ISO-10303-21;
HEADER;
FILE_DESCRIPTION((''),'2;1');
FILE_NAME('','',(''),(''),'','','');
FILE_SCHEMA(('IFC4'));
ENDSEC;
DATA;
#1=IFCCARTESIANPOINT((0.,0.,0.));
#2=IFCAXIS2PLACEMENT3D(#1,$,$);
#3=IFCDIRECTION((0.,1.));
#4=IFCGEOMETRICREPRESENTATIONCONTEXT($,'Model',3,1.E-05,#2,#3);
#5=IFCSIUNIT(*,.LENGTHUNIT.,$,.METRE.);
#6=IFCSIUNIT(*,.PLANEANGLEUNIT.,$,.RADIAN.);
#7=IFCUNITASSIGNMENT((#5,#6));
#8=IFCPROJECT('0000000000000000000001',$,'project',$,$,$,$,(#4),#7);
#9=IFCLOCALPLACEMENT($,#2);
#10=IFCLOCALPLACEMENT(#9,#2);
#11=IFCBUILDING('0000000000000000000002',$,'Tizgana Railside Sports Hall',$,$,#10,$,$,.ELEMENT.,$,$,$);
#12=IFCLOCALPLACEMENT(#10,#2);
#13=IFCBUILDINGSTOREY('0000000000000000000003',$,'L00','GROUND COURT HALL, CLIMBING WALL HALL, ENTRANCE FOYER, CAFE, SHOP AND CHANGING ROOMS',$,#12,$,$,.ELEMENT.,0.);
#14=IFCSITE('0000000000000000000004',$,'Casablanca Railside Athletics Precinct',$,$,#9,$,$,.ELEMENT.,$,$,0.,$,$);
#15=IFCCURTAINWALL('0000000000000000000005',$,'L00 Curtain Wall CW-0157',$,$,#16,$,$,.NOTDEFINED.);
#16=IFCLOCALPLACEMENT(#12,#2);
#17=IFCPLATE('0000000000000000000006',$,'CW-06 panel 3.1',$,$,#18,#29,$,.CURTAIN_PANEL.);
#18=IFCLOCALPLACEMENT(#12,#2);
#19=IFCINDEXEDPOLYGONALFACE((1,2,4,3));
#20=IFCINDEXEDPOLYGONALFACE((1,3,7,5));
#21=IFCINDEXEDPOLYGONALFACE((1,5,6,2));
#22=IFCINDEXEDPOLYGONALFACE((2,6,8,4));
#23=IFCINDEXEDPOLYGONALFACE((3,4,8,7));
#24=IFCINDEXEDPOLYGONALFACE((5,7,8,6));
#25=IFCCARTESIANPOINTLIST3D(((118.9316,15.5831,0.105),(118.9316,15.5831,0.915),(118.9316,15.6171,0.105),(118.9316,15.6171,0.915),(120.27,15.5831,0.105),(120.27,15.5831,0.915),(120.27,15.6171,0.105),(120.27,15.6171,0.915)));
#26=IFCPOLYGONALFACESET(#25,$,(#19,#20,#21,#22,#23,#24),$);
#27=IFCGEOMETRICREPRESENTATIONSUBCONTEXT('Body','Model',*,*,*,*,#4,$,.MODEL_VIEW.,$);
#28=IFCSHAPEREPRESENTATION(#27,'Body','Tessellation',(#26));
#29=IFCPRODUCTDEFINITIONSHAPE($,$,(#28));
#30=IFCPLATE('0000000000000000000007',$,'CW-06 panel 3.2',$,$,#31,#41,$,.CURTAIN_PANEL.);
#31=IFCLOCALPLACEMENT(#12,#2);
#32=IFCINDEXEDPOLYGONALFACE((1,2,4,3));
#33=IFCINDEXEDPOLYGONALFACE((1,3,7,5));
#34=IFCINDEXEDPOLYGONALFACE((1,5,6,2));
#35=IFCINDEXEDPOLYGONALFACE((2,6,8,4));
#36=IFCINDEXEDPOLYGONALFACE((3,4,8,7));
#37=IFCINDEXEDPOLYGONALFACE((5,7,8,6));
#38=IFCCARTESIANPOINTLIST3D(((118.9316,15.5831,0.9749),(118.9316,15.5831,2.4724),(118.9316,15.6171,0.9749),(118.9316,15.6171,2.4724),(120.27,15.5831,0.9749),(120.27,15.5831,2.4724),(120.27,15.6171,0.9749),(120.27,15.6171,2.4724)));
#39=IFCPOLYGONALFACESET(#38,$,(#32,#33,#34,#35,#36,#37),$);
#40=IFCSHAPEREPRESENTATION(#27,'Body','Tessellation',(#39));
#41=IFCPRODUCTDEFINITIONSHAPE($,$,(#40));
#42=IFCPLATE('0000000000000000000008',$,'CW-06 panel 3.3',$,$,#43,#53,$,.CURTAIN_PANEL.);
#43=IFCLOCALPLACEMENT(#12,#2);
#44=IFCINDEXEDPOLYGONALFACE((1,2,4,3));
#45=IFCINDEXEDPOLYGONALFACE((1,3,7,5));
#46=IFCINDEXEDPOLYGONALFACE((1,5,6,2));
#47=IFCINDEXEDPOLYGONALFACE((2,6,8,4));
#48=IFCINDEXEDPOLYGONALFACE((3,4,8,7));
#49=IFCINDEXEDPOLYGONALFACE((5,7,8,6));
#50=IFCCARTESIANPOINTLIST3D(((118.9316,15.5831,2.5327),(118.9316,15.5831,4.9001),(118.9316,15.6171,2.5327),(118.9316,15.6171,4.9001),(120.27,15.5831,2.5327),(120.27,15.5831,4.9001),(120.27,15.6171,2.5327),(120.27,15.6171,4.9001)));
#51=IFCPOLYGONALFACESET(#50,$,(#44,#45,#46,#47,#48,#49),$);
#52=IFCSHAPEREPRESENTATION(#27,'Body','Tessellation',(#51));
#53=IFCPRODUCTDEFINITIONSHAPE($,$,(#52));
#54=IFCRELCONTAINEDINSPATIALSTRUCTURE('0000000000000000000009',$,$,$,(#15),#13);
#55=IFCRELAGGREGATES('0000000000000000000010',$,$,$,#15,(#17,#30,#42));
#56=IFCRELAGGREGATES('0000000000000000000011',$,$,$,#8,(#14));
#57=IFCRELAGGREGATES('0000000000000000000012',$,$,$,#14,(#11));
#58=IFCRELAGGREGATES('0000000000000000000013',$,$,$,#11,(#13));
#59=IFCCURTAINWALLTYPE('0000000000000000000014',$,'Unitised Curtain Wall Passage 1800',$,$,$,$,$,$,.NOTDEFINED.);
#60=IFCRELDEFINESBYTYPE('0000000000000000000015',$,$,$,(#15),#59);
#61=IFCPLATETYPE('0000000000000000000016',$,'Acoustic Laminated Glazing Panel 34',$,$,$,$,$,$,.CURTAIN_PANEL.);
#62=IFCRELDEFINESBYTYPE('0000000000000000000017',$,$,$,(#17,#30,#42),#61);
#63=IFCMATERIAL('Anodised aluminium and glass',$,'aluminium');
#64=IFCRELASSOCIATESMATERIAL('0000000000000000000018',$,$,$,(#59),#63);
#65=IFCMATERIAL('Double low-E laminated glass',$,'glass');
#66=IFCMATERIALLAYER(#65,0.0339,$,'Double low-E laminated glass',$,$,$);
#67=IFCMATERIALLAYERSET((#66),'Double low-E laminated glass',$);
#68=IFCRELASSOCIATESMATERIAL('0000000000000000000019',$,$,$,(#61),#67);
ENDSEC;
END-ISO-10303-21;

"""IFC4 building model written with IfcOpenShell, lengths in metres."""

from ifc_helpers import new_model, si_unit, direction, frame, origin, origin_2d, place, context, subcontext, project, spatial, rectangle, extrude, material, layer, layer_set, type_object, element, aggregate, save


model = new_model("IFC4")

# Units and contexts
model_context = context("Model", 3, precision=1e-05, world=origin(), true_north=direction((0.0, 1.0)))
body_context = subcontext(model_context, "Body", "Model", "MODEL_VIEW")
ifc_project = project(units=[si_unit("LENGTHUNIT", "METRE"), si_unit("PLANEANGLEUNIT", "RADIAN")], contexts=[model_context])

# Site, building, storey
site_placement = place(None, origin())
site = spatial("IfcSite", under=ifc_project, at=site_placement, Name="Casablanca Railside Athletics Precinct", CompositionType="ELEMENT", RefElevation=0.0)
building_placement = place(site_placement, origin())
building = spatial("IfcBuilding", under=site, at=building_placement, Name="Tizgana Railside Sports Hall", CompositionType="ELEMENT")
storey_placement = place(building_placement, origin())
storey = spatial("IfcBuildingStorey", under=building, at=storey_placement, Name="L00", Description="GROUND COURT HALL, CLIMBING WALL HALL, ENTRANCE FOYER, CAFE, SHOP AND CHANGING ROOMS", CompositionType="ELEMENT", Elevation=0.0)

# Curtain wall
ifc_material_1 = material(Name="Anodised aluminium and glass", Category="aluminium")
curtain_wall_type = type_object("IfcCurtainWallType", Name="Unitised Curtain Wall Passage 1800", PredefinedType="NOTDEFINED", material=ifc_material_1)
curtain_wall_placement = place(storey_placement, origin())
curtain_wall = element("IfcCurtainWall", 1, at=curtain_wall_placement, inside=storey, type_object=curtain_wall_type, Name="L00 Curtain Wall CW-0157", PredefinedType="NOTDEFINED")

# Plates
ifc_material_2 = material(Name="Double low-E laminated glass", Category="glass")
ifc_layer = layer(ifc_material_2, 0.0339, Name="Double low-E laminated glass")
ifc_layer_set = layer_set([ifc_layer], Name="Double low-E laminated glass")
plate_type = type_object("IfcPlateType", Name="Acoustic Laminated Glazing Panel 34", PredefinedType="CURTAIN_PANEL", material=ifc_layer_set)
plate_1_placement = place(storey_placement, frame((119.6008, 15.6001, 0.105), z_axis=(0.0, 0.0, 1.0), x_axis=(1.0, 0.0, 0.0)))
plate_1 = element("IfcPlate", 2, at=plate_1_placement, type_object=plate_type, Name="CW-06 panel 3.1", PredefinedType="CURTAIN_PANEL", context=body_context, shape_type="SweptSolid", body=[
    extrude(rectangle(XDim=1.3384, YDim=0.0339, at=origin_2d()), origin(), (0.0, 0.0, 1.0), 0.8101),
])
plate_2_placement = place(storey_placement, frame((119.6008, 15.6001, 0.9749), z_axis=(0.0, 0.0, 1.0), x_axis=(1.0, 0.0, 0.0)))
plate_2 = element("IfcPlate", 3, at=plate_2_placement, type_object=plate_type, Name="CW-06 panel 3.2", PredefinedType="CURTAIN_PANEL", context=body_context, shape_type="SweptSolid", body=[
    extrude(rectangle(XDim=1.3384, YDim=0.0339, at=origin_2d()), origin(), (0.0, 0.0, 1.0), 1.4976),
])
plate_3_placement = place(storey_placement, frame((119.6008, 15.6001, 2.5327), z_axis=(0.0, 0.0, 1.0), x_axis=(1.0, 0.0, 0.0)))
plate_3 = element("IfcPlate", 4, at=plate_3_placement, type_object=plate_type, Name="CW-06 panel 3.3", PredefinedType="CURTAIN_PANEL", context=body_context, shape_type="SweptSolid", body=[
    extrude(rectangle(XDim=1.3384, YDim=0.0339, at=origin_2d()), origin(), (0.0, 0.0, 1.0), 2.3674),
])
aggregate(curtain_wall, [plate_1, plate_2, plate_3])

save(model, "model.ifc")
